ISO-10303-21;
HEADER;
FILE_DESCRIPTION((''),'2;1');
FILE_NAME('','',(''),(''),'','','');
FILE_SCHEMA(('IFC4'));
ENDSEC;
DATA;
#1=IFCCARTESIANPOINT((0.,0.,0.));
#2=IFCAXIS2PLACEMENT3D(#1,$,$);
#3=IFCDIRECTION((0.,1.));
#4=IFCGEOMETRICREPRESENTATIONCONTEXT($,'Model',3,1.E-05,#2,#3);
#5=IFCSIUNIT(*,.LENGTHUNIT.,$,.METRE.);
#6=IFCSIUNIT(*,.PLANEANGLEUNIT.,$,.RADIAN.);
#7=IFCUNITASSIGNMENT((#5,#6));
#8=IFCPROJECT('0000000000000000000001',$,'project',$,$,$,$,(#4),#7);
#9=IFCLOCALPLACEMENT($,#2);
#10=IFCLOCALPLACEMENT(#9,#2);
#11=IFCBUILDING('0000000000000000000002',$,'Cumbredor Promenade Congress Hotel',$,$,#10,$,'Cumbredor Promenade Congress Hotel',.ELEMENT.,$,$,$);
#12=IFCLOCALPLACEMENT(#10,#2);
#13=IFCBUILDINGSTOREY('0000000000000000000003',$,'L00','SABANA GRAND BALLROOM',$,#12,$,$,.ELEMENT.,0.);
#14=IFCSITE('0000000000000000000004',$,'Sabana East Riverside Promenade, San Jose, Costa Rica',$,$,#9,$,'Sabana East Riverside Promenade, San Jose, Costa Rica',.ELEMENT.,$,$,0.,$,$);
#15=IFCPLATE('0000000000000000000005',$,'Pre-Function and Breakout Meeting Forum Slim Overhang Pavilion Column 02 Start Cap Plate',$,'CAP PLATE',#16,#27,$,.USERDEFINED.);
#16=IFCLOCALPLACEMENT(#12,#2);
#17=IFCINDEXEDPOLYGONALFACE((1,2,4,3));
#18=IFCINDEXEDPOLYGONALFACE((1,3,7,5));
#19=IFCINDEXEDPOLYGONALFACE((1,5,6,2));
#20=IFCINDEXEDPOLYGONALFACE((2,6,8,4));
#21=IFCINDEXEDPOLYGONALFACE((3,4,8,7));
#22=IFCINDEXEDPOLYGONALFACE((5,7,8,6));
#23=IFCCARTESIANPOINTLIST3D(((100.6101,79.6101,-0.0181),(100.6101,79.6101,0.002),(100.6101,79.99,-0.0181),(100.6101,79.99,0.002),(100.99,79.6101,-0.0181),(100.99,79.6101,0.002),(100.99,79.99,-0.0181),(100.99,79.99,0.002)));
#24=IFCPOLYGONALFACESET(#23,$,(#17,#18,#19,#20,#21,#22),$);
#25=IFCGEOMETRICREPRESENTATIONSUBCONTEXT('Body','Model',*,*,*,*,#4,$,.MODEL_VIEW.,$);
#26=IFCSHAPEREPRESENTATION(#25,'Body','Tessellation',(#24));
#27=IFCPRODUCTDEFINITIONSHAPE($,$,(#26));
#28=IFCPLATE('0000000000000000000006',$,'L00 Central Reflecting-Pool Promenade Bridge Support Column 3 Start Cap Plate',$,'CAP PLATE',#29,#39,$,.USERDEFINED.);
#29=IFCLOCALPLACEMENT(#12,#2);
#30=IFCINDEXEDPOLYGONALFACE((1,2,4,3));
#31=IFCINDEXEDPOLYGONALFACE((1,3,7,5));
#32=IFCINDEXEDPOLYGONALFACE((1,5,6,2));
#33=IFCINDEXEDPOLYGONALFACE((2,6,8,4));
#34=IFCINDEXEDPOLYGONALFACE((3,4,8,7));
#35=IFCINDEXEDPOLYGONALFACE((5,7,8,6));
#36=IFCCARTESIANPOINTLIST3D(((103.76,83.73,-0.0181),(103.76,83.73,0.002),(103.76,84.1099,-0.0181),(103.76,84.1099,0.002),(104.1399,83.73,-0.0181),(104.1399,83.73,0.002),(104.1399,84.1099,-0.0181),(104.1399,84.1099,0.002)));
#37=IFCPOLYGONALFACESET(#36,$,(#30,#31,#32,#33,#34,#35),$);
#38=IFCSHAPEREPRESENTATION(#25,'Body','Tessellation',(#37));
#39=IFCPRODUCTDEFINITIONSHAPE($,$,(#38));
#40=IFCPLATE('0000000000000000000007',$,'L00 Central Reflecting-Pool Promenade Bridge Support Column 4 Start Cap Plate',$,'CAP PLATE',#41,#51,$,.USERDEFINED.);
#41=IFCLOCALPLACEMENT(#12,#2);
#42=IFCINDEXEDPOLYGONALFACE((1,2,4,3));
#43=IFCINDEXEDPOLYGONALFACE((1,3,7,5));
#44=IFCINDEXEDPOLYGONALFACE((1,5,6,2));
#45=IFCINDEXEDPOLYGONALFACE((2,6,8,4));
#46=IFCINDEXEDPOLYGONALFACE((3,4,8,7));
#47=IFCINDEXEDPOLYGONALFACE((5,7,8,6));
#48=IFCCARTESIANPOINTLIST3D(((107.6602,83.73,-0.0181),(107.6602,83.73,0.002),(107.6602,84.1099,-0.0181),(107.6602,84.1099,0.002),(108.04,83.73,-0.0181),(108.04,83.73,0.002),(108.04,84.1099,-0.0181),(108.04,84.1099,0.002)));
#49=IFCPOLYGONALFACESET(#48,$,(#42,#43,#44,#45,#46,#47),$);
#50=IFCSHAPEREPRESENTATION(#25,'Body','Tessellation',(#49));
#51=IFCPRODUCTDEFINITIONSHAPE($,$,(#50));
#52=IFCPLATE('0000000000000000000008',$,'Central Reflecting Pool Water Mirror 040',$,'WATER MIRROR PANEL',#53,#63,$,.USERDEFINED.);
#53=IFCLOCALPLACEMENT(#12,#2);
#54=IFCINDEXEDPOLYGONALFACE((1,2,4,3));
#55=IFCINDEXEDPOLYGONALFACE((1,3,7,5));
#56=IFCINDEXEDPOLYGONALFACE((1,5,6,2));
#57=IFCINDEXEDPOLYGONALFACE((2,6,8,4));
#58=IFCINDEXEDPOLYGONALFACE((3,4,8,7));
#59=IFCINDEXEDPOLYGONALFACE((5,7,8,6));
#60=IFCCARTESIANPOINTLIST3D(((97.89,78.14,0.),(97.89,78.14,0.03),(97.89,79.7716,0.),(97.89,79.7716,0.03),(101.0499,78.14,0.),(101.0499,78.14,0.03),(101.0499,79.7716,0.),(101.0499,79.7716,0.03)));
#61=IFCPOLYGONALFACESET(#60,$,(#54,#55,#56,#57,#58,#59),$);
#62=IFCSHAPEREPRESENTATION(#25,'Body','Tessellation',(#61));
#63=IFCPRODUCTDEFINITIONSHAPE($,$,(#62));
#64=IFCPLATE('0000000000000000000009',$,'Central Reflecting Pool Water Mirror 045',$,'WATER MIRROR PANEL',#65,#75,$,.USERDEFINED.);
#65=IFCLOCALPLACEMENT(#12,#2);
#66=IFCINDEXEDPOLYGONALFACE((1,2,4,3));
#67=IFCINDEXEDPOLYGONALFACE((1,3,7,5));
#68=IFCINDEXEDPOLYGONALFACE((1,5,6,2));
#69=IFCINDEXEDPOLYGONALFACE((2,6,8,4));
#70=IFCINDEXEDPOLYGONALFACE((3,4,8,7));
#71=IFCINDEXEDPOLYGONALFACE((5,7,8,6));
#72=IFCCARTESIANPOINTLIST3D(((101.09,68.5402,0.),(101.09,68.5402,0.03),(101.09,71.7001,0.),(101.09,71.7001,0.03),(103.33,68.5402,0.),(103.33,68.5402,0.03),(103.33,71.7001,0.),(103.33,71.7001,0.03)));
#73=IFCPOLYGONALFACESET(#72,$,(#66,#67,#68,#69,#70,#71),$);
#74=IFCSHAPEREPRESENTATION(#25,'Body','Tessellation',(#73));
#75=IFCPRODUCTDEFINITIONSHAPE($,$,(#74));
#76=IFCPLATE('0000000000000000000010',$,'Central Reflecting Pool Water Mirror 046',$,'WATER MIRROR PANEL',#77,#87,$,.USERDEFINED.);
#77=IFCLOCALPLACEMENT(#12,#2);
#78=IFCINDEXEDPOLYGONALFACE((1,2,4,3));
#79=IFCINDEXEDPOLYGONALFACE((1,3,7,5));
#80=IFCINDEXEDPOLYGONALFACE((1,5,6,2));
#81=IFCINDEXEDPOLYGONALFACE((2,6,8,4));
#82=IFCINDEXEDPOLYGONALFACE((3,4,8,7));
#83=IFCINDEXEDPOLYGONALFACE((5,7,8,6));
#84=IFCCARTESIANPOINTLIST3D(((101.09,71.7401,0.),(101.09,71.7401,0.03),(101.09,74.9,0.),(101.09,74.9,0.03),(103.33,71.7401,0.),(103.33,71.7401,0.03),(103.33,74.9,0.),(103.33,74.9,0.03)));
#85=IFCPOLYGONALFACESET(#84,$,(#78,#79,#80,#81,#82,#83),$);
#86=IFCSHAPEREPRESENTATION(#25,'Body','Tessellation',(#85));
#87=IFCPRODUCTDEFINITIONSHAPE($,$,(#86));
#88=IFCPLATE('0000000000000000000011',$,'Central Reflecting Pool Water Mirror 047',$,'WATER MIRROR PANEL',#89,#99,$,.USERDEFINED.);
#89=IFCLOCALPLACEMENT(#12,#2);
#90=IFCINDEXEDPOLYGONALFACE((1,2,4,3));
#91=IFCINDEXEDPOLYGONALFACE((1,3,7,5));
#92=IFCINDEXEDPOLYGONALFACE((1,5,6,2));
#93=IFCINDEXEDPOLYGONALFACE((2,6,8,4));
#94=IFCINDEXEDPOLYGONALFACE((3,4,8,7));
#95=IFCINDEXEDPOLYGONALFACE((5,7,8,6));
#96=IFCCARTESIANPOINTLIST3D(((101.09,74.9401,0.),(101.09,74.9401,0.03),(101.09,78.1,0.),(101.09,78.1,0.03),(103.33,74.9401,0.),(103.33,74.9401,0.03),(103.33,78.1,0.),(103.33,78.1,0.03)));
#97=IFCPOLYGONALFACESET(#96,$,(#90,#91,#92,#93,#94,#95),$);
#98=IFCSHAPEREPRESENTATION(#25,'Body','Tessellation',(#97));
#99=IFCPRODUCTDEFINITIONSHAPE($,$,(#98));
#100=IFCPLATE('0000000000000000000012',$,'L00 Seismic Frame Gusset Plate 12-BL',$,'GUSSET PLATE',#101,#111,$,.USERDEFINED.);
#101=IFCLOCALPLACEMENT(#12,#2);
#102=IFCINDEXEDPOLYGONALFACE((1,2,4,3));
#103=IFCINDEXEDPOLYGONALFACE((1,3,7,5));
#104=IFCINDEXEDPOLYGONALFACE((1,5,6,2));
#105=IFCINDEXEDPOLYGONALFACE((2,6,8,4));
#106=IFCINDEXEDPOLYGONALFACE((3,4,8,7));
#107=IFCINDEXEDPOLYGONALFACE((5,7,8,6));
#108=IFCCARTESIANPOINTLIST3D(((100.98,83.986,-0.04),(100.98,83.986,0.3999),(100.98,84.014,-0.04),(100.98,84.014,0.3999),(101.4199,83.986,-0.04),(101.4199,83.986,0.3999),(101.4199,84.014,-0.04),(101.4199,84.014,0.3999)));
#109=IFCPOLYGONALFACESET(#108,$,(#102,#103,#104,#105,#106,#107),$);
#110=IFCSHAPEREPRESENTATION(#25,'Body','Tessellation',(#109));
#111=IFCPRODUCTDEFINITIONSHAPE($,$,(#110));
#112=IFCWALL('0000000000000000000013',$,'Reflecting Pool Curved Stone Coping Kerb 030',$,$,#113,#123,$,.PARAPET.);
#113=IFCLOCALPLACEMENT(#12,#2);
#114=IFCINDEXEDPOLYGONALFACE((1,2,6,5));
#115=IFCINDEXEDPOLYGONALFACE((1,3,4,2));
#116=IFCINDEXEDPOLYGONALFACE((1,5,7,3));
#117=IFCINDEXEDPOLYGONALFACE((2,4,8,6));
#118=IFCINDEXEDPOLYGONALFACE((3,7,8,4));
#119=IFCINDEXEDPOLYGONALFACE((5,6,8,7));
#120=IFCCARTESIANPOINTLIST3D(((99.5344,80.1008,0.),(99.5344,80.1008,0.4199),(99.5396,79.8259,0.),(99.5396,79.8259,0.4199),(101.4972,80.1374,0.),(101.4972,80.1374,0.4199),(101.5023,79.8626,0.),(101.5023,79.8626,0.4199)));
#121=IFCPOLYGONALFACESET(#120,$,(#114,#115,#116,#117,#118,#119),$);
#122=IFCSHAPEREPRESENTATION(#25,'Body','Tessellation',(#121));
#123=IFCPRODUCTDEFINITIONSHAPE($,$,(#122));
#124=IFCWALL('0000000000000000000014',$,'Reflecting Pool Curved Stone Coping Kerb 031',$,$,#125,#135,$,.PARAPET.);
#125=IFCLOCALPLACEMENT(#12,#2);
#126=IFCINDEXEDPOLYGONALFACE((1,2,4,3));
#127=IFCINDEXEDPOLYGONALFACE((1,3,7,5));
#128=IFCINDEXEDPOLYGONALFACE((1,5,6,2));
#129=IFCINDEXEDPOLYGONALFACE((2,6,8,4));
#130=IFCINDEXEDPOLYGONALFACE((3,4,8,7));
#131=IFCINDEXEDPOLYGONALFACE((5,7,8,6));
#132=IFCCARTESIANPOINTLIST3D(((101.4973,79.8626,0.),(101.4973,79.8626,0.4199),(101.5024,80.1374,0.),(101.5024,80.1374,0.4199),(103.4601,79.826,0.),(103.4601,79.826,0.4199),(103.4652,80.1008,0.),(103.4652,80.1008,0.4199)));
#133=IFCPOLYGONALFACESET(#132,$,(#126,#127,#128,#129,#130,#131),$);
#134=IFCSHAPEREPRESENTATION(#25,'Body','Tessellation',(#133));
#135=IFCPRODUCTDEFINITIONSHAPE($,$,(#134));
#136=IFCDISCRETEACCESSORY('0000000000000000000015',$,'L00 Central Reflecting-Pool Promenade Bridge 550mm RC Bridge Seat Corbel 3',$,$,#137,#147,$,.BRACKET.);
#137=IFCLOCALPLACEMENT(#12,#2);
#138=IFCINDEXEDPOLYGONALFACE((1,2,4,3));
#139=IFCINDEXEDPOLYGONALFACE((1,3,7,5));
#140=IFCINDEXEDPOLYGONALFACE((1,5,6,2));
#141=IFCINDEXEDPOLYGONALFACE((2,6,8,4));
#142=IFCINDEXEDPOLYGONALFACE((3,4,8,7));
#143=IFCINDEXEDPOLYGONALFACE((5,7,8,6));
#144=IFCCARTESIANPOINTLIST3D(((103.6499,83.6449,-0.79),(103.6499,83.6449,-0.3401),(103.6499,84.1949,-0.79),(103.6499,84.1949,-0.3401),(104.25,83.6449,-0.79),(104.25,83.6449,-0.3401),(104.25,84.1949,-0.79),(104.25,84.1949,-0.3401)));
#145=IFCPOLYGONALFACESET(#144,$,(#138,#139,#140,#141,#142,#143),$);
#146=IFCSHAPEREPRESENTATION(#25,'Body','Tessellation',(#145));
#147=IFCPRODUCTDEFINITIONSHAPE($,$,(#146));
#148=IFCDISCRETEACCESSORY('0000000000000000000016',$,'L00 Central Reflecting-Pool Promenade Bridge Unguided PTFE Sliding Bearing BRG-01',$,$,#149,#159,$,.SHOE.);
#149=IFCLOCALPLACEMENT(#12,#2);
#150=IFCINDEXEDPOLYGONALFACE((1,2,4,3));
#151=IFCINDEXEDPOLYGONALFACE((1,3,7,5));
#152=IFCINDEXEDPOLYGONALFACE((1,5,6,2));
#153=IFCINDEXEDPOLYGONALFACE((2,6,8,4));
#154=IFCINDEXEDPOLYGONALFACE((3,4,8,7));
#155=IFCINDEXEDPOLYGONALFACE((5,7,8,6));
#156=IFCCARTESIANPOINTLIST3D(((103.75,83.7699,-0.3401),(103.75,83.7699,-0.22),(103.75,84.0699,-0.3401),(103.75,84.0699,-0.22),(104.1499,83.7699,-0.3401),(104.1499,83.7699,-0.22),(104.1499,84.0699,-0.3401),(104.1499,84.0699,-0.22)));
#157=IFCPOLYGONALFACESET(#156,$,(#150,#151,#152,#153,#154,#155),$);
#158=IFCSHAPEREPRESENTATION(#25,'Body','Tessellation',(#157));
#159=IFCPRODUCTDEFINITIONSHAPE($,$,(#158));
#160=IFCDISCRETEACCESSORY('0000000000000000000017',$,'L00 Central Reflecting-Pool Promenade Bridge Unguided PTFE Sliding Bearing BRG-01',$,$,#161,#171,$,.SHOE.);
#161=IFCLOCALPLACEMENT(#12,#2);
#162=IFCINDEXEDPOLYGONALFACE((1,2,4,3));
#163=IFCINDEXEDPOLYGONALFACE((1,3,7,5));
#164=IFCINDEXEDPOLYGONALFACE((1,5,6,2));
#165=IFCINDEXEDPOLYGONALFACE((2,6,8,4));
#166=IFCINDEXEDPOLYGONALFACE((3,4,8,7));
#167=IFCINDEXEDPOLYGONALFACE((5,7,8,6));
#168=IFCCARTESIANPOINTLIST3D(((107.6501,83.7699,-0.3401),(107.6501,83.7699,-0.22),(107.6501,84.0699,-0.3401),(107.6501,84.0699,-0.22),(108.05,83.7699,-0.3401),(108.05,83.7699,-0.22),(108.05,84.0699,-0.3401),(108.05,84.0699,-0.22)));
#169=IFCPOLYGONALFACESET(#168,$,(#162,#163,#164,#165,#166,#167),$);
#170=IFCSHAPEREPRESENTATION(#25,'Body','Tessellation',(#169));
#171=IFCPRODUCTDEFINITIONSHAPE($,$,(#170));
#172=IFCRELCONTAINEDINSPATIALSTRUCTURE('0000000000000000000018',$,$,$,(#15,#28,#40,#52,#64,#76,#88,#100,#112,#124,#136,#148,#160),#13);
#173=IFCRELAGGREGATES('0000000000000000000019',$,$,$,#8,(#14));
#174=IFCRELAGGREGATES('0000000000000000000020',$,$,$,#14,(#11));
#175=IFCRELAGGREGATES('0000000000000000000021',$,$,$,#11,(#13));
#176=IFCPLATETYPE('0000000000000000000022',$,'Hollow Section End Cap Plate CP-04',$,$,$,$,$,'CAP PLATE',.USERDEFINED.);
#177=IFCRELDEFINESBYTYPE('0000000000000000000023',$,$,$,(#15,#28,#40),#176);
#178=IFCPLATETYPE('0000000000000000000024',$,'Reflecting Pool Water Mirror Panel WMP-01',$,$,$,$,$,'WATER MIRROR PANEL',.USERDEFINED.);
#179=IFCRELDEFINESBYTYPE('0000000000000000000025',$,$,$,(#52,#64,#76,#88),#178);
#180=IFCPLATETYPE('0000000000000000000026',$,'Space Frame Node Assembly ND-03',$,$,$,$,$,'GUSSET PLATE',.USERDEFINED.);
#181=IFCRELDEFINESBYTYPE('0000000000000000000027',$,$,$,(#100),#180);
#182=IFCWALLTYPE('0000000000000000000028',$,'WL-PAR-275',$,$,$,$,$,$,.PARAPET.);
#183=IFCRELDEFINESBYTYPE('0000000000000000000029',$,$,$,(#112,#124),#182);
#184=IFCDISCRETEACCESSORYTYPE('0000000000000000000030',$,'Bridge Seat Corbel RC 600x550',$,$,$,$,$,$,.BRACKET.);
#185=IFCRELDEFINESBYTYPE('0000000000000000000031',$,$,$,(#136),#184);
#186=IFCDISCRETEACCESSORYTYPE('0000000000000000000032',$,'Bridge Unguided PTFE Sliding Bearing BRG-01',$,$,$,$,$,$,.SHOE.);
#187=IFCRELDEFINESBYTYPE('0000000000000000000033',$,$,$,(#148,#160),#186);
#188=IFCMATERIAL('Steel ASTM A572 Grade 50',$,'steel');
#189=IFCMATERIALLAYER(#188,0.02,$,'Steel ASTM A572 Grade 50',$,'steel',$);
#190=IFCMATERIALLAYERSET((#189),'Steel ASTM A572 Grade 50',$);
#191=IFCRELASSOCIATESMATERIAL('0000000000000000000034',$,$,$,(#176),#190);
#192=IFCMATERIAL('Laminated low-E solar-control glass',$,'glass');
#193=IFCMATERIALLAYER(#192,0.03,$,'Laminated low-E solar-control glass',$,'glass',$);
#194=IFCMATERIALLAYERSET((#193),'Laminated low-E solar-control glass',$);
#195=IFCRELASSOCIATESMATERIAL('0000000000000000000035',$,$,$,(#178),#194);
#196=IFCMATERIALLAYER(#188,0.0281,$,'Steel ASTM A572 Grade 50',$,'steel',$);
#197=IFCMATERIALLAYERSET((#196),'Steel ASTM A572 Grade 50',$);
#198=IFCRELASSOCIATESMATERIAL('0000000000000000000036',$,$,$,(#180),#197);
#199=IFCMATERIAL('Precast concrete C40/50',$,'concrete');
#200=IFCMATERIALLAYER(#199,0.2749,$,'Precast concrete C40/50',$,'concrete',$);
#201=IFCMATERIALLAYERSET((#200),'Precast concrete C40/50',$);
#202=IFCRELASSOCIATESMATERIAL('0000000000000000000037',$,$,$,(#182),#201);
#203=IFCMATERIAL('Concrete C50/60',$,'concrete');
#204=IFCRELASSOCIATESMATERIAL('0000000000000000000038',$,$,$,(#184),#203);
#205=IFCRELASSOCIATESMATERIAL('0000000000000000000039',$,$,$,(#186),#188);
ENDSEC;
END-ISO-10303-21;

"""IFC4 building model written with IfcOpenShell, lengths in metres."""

from ifc_helpers import new_model, si_unit, direction, frame, frame_2d, origin, origin_2d, place, context, subcontext, project, spatial, rectangle, extrude, material, layer, layer_set, type_object, element, save


model = new_model("IFC4")

# Units and contexts
model_context = context("Model", 3, precision=1e-05, world=origin(), true_north=direction((0.0, 1.0)))
body_context = subcontext(model_context, "Body", "Model", "MODEL_VIEW")
ifc_project = project(units=[si_unit("LENGTHUNIT", "METRE"), si_unit("PLANEANGLEUNIT", "RADIAN")], contexts=[model_context])

# Site, building, storey
site_placement = place(None, origin())
site = spatial("IfcSite", under=ifc_project, at=site_placement, Name="Sabana East Riverside Promenade, San Jose, Costa Rica", LongName="Sabana East Riverside Promenade, San Jose, Costa Rica", CompositionType="ELEMENT", RefElevation=0.0)
building_placement = place(site_placement, origin())
building = spatial("IfcBuilding", under=site, at=building_placement, Name="Cumbredor Promenade Congress Hotel", LongName="Cumbredor Promenade Congress Hotel", CompositionType="ELEMENT")
storey_placement = place(building_placement, origin())
storey = spatial("IfcBuildingStorey", under=building, at=storey_placement, Name="L00", Description="SABANA GRAND BALLROOM", CompositionType="ELEMENT", Elevation=0.0)

# Shared definitions
ifc_material_1 = material(Name="Concrete C50/60", Category="concrete")

# Plates
ifc_material_2 = material(Name="Steel ASTM A572 Grade 50", Category="steel")
ifc_layer_1 = layer(ifc_material_2, 0.02, Name="Steel ASTM A572 Grade 50", Category="steel")
ifc_layer_set_1 = layer_set([ifc_layer_1], Name="Steel ASTM A572 Grade 50")
plate_type_1 = type_object("IfcPlateType", Name="Hollow Section End Cap Plate CP-04", ElementType="CAP PLATE", PredefinedType="USERDEFINED", material=ifc_layer_set_1)
for number, where, z_axis, x_axis, name in (
    (1, (100.8, 79.8, -0.0181), (0.0, 0.0, 1.0), (1.0, 0.0, 0.0), "Pre-Function and Breakout Meeting Forum Slim Overhang Pavilion Column 02 Start Cap Plate"),
    (2, (103.95, 83.9199, -0.0181), (0.0, 0.0, 1.0), (1.0, 0.0, 0.0), "L00 Central Reflecting-Pool Promenade Bridge Support Column 3 Start Cap Plate"),
    (3, (107.8501, 83.9199, -0.0181), (0.0, 0.0, 1.0), (1.0, 0.0, 0.0), "L00 Central Reflecting-Pool Promenade Bridge Support Column 4 Start Cap Plate"),
):
    element("IfcPlate", number, at=place(storey_placement, frame(where, z_axis=z_axis, x_axis=x_axis)), inside=storey, type_object=plate_type_1, Name=name, ObjectType="CAP PLATE", PredefinedType="USERDEFINED", context=body_context, shape_type="SweptSolid", body=[
        extrude(rectangle(XDim=0.3799, YDim=0.3799, at=origin_2d()), origin(), (0.0, 0.0, 1.0), 0.02),
    ])
ifc_material_3 = material(Name="Laminated low-E solar-control glass", Category="glass")
ifc_layer_2 = layer(ifc_material_3, 0.03, Name="Laminated low-E solar-control glass", Category="glass")
ifc_layer_set_2 = layer_set([ifc_layer_2], Name="Laminated low-E solar-control glass")
plate_type_2 = type_object("IfcPlateType", Name="Reflecting Pool Water Mirror Panel WMP-01", ElementType="WATER MIRROR PANEL", PredefinedType="USERDEFINED", material=ifc_layer_set_2)
plate_1_placement = place(storey_placement, frame((99.47, 78.9558, 0.0), z_axis=(0.0, 0.0, 1.0), x_axis=(1.0, 0.0, 0.0)))
element("IfcPlate", 4, at=plate_1_placement, inside=storey, type_object=plate_type_2, Name="Central Reflecting Pool Water Mirror 040", ObjectType="WATER MIRROR PANEL", PredefinedType="USERDEFINED", context=body_context, shape_type="SweptSolid", body=[
    extrude(rectangle(XDim=3.1599, YDim=1.6316, at=origin_2d()), origin(), (0.0, 0.0, 1.0), 0.03),
])
for number, where, z_axis, x_axis, name in (
    (5, (102.21, 70.1201, 0.0), (0.0, 0.0, 1.0), (1.0, 0.0, 0.0), "Central Reflecting Pool Water Mirror 045"),
    (6, (102.21, 73.3201, 0.0), (0.0, 0.0, 1.0), (1.0, 0.0, 0.0), "Central Reflecting Pool Water Mirror 046"),
    (7, (102.21, 76.52, 0.0), (0.0, 0.0, 1.0), (1.0, 0.0, 0.0), "Central Reflecting Pool Water Mirror 047"),
):
    element("IfcPlate", number, at=place(storey_placement, frame(where, z_axis=z_axis, x_axis=x_axis)), inside=storey, type_object=plate_type_2, Name=name, ObjectType="WATER MIRROR PANEL", PredefinedType="USERDEFINED", context=body_context, shape_type="SweptSolid", body=[
        extrude(rectangle(XDim=2.24, YDim=3.1599, at=origin_2d()), origin(), (0.0, 0.0, 1.0), 0.03),
    ])
ifc_layer_3 = layer(ifc_material_2, 0.0281, Name="Steel ASTM A572 Grade 50", Category="steel")
ifc_layer_set_3 = layer_set([ifc_layer_3], Name="Steel ASTM A572 Grade 50")
plate_type_3 = type_object("IfcPlateType", Name="Space Frame Node Assembly ND-03", ElementType="GUSSET PLATE", PredefinedType="USERDEFINED", material=ifc_layer_set_3)
plate_2_placement = place(storey_placement, frame((101.2, 84.0, -0.04), z_axis=(0.0, 0.0, 1.0), x_axis=(1.0, 0.0, 0.0)))
element("IfcPlate", 8, at=plate_2_placement, inside=storey, type_object=plate_type_3, Name="L00 Seismic Frame Gusset Plate 12-BL", ObjectType="GUSSET PLATE", PredefinedType="USERDEFINED", context=body_context, shape_type="SweptSolid", body=[
    extrude(rectangle(XDim=0.4399, YDim=0.0281, at=origin_2d()), origin(), (0.0, 0.0, 1.0), 0.4399),
])

# Walls
ifc_material_4 = material(Name="Precast concrete C40/50", Category="concrete")
ifc_layer_4 = layer(ifc_material_4, 0.2749, Name="Precast concrete C40/50", Category="concrete")
ifc_layer_set_4 = layer_set([ifc_layer_4], Name="Precast concrete C40/50")
wall_type = type_object("IfcWallType", Name="WL-PAR-275", PredefinedType="PARAPET", material=ifc_layer_set_4)
for number, where, z_axis, x_axis, name in (
    (9, (99.5371, 79.9634, 0.0), (0.0, 0.0, 1.0), (0.999826, 0.018653, 0.0), "Reflecting Pool Curved Stone Coping Kerb 030"),
    (10, (101.5, 80.0, 0.0), (0.0, 0.0, 1.0), (0.999826, -0.018653, 0.0), "Reflecting Pool Curved Stone Coping Kerb 031"),
):
    element("IfcWall", number, at=place(storey_placement, frame(where, z_axis=z_axis, x_axis=x_axis)), inside=storey, type_object=wall_type, Name=name, PredefinedType="PARAPET", context=body_context, shape_type="SweptSolid", body=[
        extrude(rectangle(XDim=1.9631, YDim=0.2749, at=frame_2d((0.9814, 0.0))), origin(), (0.0, 0.0, 1.0), 0.4199),
    ])

# Discrete accessories
discrete_accessory_type_1 = type_object("IfcDiscreteAccessoryType", Name="Bridge Seat Corbel RC 600x550", PredefinedType="BRACKET", material=ifc_material_1)
discrete_accessory_placement = place(storey_placement, frame((103.95, 83.9199, -0.79), z_axis=(0.0, 0.0, 1.0), x_axis=(0.0, 1.0, 0.0)))
element("IfcDiscreteAccessory", 11, at=discrete_accessory_placement, inside=storey, type_object=discrete_accessory_type_1, Name="L00 Central Reflecting-Pool Promenade Bridge 550mm RC Bridge Seat Corbel 3", PredefinedType="BRACKET", context=body_context, shape_type="SweptSolid", body=[
    extrude(rectangle(XDim=0.55, YDim=0.6001, at=origin_2d()), origin(), (0.0, 0.0, 1.0), 0.45),
])
discrete_accessory_type_2 = type_object("IfcDiscreteAccessoryType", Name="Bridge Unguided PTFE Sliding Bearing BRG-01", PredefinedType="SHOE", material=ifc_material_2)
for number, where, z_axis, x_axis, name in (
    (12, (103.95, 83.9199, -0.3401), (0.0, 0.0, 1.0), (0.0, 1.0, 0.0), "L00 Central Reflecting-Pool Promenade Bridge Unguided PTFE Sliding Bearing BRG-01"),
    (13, (107.8501, 83.9199, -0.3401), (0.0, 0.0, 1.0), (0.0, 1.0, 0.0), "L00 Central Reflecting-Pool Promenade Bridge Unguided PTFE Sliding Bearing BRG-01"),
):
    element("IfcDiscreteAccessory", number, at=place(storey_placement, frame(where, z_axis=z_axis, x_axis=x_axis)), inside=storey, type_object=discrete_accessory_type_2, Name=name, PredefinedType="SHOE", context=body_context, shape_type="SweptSolid", body=[
        extrude(rectangle(XDim=0.3, YDim=0.3999, at=origin_2d()), origin(), (0.0, 0.0, 1.0), 0.1201),
    ])

save(model, "model.ifc")
